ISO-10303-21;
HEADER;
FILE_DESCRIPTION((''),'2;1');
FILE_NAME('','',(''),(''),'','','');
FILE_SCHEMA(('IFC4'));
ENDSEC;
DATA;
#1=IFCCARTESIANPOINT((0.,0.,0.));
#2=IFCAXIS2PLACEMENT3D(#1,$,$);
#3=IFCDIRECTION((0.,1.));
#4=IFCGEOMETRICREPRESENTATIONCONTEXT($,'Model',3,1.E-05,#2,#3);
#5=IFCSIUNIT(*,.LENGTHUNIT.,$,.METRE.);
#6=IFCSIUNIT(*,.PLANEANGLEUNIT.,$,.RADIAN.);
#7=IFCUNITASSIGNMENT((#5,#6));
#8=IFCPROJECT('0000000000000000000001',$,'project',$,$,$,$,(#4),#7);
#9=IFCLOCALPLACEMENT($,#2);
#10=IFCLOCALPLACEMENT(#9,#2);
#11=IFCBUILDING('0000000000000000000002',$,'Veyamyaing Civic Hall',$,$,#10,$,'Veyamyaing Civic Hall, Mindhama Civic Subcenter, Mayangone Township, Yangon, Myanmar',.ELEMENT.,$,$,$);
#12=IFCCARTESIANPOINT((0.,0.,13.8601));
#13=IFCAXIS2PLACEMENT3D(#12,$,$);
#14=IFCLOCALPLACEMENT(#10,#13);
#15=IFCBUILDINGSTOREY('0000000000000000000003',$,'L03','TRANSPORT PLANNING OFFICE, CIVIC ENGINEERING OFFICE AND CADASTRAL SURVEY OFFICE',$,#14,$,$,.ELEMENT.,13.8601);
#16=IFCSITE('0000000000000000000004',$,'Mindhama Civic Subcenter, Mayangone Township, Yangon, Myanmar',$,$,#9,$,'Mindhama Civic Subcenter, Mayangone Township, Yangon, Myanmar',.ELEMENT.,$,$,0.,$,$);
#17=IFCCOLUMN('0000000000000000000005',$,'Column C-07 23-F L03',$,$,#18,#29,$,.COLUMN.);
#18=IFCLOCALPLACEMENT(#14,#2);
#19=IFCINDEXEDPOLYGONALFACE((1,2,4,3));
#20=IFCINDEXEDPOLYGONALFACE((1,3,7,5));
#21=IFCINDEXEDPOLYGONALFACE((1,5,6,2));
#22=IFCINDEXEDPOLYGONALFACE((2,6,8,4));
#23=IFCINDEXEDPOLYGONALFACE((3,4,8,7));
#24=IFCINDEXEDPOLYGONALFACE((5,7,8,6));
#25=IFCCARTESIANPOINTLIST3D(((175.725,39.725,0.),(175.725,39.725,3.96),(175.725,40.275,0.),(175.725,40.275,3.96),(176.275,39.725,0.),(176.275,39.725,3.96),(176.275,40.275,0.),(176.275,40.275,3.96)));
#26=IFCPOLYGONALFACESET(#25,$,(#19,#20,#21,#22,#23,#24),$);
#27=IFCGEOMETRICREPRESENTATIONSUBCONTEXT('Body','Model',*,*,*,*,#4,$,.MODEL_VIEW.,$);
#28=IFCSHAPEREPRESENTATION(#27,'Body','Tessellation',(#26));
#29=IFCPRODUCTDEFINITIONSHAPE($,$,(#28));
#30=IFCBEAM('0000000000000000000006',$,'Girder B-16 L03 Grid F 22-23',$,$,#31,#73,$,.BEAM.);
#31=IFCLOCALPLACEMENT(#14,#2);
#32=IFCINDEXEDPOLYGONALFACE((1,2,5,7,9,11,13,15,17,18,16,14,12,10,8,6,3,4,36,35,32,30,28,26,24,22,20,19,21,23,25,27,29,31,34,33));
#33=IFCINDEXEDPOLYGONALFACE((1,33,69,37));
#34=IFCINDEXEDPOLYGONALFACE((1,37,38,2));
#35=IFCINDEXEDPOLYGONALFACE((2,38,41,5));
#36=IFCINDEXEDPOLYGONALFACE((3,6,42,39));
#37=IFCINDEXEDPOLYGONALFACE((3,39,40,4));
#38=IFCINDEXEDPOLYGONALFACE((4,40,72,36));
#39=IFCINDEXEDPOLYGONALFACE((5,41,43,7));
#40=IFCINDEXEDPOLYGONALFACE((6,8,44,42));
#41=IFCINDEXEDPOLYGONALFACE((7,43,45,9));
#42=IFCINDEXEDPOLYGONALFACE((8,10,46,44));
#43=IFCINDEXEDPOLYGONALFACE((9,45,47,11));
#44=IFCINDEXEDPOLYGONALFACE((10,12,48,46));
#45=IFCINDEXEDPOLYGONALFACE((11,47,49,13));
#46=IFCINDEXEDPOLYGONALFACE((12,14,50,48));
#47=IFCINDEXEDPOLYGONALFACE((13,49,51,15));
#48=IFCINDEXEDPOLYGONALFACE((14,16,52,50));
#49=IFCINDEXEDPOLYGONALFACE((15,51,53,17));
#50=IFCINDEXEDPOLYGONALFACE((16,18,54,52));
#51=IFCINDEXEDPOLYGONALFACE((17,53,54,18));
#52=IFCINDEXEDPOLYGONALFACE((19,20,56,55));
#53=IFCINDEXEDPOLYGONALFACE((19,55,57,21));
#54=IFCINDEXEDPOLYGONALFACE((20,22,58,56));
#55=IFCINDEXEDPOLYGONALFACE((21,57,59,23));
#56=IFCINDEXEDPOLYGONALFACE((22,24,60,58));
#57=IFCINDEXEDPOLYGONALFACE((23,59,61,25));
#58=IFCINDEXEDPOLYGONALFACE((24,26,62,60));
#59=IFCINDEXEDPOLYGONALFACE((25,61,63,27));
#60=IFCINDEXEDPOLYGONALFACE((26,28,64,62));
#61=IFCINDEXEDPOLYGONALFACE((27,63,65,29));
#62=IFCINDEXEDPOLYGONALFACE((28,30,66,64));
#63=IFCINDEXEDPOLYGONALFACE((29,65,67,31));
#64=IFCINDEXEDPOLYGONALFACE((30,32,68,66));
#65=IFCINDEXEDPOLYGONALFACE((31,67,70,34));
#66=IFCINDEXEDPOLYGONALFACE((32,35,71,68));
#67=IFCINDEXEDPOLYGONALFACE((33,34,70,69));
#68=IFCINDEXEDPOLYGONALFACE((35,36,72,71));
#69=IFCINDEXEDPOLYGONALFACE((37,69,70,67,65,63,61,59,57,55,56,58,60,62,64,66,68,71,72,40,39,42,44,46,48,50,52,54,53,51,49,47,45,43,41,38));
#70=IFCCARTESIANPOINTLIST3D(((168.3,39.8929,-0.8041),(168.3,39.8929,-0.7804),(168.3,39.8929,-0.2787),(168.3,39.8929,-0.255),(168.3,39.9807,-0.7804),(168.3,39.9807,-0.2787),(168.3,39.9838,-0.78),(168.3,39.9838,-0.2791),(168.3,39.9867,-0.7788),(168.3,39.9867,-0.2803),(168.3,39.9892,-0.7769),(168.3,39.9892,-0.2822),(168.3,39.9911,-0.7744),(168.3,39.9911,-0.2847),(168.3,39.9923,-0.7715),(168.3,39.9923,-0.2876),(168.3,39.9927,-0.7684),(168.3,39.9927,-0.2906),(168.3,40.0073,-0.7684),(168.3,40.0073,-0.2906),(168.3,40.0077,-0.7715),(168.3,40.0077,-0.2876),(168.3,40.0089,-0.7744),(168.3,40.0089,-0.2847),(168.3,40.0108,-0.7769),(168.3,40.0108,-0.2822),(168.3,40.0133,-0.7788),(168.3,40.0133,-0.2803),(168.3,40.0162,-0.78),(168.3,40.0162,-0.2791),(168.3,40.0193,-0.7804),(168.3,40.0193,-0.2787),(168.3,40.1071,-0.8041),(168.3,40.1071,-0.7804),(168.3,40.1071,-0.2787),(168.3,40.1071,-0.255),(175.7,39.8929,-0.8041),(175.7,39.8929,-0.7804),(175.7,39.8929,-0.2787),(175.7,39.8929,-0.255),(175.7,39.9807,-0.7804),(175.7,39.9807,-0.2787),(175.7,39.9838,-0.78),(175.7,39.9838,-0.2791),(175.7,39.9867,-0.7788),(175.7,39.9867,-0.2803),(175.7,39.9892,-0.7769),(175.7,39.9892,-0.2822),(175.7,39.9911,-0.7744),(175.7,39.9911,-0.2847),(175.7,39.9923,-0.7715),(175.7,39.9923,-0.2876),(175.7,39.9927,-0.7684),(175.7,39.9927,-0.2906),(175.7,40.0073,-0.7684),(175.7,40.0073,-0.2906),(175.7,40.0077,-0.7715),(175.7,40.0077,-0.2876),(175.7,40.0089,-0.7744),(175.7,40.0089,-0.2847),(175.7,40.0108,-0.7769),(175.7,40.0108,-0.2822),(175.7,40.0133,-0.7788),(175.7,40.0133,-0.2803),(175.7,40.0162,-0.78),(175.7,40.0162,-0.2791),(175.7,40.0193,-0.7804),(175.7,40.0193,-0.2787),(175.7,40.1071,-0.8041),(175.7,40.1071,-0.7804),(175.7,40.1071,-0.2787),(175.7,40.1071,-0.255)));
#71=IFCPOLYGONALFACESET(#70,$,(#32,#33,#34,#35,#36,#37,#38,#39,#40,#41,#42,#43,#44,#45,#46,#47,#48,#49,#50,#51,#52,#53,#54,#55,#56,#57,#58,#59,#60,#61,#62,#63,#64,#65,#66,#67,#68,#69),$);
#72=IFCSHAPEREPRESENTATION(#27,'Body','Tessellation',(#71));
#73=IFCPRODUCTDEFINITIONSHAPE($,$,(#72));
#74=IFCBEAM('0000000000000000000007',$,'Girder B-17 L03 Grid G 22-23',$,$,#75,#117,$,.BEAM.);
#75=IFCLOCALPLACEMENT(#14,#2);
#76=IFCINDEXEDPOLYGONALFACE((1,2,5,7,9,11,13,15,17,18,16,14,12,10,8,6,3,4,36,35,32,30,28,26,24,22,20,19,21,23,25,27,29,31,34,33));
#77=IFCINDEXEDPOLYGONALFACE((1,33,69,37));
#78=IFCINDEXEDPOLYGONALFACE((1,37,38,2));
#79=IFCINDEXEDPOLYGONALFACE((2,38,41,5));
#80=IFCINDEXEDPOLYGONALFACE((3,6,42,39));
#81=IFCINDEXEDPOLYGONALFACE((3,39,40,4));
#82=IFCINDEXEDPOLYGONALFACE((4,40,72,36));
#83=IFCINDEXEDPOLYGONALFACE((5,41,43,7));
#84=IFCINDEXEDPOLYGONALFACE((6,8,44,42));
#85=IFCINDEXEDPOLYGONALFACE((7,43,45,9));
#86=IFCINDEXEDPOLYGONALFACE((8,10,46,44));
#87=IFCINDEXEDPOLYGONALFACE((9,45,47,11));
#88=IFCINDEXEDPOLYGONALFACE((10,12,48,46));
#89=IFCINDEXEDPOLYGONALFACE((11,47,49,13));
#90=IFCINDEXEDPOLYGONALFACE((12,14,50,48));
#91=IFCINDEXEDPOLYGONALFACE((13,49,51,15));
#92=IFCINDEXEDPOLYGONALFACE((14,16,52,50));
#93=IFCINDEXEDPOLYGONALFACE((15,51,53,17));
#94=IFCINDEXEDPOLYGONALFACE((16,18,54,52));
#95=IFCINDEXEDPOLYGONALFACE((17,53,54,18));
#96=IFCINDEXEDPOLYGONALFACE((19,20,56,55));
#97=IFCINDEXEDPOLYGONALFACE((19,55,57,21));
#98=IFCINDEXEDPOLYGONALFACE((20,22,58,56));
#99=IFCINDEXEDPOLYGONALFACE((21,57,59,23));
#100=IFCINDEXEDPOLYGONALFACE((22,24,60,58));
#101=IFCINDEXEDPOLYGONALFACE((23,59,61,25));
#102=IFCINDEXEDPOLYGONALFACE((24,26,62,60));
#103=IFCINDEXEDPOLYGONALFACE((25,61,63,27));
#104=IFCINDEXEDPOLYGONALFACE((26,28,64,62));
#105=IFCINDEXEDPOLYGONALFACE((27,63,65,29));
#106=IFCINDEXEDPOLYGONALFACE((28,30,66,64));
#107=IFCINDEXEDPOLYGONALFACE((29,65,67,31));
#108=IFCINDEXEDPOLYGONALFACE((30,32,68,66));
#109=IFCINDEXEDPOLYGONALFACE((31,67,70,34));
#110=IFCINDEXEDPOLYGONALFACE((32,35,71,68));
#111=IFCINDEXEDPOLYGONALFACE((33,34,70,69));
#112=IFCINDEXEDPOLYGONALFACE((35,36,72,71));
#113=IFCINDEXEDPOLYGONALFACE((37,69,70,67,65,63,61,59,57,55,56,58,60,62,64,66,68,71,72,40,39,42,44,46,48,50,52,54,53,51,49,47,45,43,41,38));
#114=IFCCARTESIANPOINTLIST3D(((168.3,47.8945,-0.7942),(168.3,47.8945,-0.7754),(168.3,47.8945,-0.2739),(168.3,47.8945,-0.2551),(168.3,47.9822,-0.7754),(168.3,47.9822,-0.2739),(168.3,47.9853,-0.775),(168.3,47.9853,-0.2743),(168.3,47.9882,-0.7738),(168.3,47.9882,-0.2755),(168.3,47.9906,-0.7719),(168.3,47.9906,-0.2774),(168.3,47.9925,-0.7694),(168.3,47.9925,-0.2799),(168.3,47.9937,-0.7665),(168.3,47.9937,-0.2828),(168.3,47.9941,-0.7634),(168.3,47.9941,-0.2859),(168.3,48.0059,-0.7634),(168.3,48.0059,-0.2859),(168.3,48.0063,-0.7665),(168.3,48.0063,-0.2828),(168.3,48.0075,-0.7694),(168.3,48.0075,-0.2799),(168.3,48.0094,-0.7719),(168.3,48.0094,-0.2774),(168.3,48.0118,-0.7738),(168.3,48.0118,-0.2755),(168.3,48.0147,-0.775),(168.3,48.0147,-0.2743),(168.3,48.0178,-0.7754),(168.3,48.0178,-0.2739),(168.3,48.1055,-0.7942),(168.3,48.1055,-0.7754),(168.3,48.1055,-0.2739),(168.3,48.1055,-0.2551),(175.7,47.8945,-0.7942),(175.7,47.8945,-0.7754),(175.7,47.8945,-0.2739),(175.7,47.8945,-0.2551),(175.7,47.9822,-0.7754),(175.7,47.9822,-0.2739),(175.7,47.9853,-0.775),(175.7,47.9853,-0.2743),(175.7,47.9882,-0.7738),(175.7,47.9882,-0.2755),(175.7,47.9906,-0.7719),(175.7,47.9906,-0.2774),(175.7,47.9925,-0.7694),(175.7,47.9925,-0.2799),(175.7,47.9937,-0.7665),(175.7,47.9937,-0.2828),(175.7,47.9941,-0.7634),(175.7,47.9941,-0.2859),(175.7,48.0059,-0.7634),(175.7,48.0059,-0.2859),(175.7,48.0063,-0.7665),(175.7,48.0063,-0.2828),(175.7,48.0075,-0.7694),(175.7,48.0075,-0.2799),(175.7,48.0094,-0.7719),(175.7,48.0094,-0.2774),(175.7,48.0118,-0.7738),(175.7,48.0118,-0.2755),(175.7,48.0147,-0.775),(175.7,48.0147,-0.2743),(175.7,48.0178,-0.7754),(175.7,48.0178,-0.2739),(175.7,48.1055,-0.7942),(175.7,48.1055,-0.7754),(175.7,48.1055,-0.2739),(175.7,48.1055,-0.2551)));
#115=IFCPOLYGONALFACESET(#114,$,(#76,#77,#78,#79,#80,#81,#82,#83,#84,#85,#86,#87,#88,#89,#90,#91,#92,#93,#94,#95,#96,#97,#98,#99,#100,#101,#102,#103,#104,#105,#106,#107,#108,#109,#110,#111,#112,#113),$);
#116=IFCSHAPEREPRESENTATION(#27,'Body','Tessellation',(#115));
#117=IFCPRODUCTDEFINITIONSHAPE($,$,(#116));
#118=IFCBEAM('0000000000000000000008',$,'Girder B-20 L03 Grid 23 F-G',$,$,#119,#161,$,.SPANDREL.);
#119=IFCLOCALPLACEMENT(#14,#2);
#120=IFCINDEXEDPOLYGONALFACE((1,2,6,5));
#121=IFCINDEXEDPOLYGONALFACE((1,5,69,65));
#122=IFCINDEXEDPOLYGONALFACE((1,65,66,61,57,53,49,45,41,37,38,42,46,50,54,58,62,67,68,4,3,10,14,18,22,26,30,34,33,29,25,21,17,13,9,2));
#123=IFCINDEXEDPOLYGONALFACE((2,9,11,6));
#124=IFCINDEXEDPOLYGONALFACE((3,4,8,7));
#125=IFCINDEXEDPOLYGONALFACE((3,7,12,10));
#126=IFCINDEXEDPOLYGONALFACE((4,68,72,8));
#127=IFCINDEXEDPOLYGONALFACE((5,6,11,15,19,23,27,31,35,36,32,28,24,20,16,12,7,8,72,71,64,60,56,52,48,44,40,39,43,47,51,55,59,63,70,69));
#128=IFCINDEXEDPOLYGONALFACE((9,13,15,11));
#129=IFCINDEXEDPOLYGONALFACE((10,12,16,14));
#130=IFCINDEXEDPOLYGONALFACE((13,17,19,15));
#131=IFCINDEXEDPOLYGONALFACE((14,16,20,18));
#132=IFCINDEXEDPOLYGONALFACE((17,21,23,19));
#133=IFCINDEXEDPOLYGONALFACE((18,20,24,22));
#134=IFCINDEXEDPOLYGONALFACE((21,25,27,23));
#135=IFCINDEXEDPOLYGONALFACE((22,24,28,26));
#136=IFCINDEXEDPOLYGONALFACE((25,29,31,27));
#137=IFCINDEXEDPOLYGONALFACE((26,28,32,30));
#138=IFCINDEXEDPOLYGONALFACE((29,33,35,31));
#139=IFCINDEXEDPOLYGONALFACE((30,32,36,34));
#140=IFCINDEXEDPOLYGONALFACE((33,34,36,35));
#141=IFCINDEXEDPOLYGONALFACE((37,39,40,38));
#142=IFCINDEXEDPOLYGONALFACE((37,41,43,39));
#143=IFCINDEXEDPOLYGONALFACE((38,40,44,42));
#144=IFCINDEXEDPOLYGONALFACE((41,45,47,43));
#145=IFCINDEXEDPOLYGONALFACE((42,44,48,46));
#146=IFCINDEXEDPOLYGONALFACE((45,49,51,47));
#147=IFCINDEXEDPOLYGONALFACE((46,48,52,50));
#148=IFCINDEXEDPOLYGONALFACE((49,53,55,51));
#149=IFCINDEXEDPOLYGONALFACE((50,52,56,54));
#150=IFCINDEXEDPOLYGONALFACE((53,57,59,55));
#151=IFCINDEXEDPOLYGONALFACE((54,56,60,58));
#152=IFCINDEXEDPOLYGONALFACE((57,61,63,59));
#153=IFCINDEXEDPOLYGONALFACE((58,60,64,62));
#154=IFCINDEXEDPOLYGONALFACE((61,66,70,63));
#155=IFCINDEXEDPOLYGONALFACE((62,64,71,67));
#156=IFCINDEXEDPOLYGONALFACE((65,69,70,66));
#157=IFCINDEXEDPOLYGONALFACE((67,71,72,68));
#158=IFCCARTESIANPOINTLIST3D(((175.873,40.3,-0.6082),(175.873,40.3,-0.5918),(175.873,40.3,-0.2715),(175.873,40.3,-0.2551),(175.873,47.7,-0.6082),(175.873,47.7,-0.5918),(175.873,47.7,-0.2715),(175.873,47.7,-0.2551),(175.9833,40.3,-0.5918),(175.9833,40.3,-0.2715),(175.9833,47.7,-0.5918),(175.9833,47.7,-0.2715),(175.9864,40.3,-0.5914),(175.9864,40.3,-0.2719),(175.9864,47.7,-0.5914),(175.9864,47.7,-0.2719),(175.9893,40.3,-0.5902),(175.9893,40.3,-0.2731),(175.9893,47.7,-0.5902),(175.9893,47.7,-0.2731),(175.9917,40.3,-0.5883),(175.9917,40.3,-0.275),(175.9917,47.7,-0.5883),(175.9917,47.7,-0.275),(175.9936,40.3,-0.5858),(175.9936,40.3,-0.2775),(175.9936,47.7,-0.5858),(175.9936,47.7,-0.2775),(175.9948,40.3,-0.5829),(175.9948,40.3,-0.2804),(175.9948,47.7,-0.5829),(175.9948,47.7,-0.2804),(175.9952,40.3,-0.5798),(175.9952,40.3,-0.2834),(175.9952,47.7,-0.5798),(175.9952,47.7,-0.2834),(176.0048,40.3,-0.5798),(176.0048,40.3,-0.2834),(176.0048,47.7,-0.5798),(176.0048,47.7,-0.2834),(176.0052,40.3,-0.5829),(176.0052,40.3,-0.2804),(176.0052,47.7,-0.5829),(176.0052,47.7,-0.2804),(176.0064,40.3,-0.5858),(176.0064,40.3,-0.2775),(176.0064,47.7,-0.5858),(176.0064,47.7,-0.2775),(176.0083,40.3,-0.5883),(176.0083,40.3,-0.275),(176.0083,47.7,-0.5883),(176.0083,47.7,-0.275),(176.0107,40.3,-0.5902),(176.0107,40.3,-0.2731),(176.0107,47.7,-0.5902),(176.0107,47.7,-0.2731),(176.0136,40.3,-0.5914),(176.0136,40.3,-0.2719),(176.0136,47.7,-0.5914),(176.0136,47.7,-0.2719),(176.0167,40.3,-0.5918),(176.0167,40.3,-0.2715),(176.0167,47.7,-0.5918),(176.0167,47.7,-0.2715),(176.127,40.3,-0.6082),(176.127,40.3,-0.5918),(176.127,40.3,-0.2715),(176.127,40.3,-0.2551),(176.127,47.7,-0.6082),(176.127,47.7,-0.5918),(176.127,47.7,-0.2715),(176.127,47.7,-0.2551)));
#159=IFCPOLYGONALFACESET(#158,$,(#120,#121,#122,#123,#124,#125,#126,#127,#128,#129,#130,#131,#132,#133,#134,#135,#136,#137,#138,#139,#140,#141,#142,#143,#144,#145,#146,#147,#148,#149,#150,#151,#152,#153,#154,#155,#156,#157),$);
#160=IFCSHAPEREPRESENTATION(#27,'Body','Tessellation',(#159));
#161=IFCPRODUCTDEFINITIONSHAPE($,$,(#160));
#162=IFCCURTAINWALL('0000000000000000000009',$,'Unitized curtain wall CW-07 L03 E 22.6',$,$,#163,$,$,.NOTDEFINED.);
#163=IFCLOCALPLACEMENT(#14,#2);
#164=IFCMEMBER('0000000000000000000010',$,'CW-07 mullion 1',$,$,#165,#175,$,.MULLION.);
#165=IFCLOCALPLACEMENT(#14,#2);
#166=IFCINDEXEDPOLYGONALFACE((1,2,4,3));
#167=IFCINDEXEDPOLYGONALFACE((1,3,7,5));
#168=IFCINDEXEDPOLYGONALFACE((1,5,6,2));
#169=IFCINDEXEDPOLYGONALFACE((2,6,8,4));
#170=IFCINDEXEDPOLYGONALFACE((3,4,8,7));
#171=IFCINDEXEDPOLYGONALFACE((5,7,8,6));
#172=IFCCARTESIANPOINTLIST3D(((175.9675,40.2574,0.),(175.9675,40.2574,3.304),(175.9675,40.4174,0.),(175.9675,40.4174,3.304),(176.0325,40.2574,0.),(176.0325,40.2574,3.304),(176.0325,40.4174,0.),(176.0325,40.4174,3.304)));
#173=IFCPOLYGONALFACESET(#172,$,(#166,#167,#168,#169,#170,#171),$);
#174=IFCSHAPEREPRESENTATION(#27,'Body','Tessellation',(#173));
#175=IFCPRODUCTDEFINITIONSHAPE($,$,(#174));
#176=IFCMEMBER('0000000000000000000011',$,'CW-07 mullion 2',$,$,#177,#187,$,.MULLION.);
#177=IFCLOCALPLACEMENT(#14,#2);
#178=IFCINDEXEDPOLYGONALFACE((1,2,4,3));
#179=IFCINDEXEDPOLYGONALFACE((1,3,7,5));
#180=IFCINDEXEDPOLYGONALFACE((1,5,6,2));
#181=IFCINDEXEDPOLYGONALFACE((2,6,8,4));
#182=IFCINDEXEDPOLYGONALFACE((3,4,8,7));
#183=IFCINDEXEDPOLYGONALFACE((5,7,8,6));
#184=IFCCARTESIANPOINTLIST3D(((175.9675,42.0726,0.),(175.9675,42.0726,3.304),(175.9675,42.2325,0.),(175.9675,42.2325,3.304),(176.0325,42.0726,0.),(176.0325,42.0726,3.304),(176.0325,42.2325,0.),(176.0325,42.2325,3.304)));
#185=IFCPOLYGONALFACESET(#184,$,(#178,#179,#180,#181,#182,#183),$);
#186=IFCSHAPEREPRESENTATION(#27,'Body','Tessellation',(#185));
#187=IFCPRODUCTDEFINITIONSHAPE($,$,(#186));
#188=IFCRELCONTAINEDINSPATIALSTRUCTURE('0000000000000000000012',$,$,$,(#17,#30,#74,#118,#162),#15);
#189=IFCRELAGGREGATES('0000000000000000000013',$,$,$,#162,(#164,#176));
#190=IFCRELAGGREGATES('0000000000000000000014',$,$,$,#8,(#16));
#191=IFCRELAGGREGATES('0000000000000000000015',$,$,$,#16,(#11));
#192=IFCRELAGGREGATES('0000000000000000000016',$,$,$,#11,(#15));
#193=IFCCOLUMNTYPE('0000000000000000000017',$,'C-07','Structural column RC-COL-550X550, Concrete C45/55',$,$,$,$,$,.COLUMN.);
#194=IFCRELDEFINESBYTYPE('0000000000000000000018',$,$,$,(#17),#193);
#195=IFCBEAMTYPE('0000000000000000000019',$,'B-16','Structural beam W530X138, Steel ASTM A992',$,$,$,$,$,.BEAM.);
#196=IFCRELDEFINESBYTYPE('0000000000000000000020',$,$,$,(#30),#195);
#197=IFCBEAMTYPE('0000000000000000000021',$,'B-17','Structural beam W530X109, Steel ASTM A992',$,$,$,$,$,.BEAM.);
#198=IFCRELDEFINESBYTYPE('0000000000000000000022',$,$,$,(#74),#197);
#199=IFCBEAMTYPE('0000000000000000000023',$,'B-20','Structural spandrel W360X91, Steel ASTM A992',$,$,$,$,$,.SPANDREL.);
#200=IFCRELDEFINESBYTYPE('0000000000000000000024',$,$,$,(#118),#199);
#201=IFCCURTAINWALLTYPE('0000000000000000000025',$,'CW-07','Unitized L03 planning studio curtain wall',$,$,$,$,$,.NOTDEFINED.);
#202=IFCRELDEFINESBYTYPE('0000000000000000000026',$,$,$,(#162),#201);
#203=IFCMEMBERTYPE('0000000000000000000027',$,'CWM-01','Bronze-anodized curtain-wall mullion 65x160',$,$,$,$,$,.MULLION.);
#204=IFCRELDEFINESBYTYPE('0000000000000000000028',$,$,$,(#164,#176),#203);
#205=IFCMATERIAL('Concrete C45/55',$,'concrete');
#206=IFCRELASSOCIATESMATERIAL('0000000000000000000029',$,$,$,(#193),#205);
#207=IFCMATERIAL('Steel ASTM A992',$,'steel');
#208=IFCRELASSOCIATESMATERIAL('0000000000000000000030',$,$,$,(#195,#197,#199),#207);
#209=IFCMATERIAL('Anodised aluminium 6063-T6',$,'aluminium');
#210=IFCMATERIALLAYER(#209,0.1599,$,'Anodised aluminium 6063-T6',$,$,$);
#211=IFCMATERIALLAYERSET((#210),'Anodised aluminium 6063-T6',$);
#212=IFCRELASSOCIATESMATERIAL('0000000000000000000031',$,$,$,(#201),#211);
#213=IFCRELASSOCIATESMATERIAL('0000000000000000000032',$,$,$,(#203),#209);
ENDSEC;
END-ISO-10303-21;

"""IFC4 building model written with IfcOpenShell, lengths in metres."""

from ifc_helpers import new_model, si_unit, direction, frame, origin, origin_2d, place, context, subcontext, project, spatial, rectangle, i_section, extrude, material, layer, layer_set, material_profile, profile_set, type_object, element, aggregate, save


model = new_model("IFC4")

# Units and contexts
model_context = context("Model", 3, precision=1e-05, world=origin(), true_north=direction((0.0, 1.0)))
body_context = subcontext(model_context, "Body", "Model", "MODEL_VIEW")
ifc_project = project(units=[si_unit("LENGTHUNIT", "METRE"), si_unit("PLANEANGLEUNIT", "RADIAN")], contexts=[model_context])

# Site, building, storey
site_placement = place(None, origin())
site = spatial("IfcSite", under=ifc_project, at=site_placement, Name="Mindhama Civic Subcenter, Mayangone Township, Yangon, Myanmar", LongName="Mindhama Civic Subcenter, Mayangone Township, Yangon, Myanmar", CompositionType="ELEMENT", RefElevation=0.0)
building_placement = place(site_placement, origin())
building = spatial("IfcBuilding", under=site, at=building_placement, Name="Veyamyaing Civic Hall", LongName="Veyamyaing Civic Hall, Mindhama Civic Subcenter, Mayangone Township, Yangon, Myanmar", CompositionType="ELEMENT")
storey_placement = place(building_placement, frame((0.0, 0.0, 13.8601)))
storey = spatial("IfcBuildingStorey", under=building, at=storey_placement, Name="L03", Description="TRANSPORT PLANNING OFFICE, CIVIC ENGINEERING OFFICE AND CADASTRAL SURVEY OFFICE", CompositionType="ELEMENT", Elevation=13.8601)

# Column
ifc_material_1 = material(Name="Concrete C45/55", Category="concrete")
ifc_material_profile_1 = material_profile(ifc_material_1, rectangle(XDim=0.55, YDim=0.55, at=origin_2d()), Name="RC-COL-550X550")
ifc_profile_set_1 = profile_set([ifc_material_profile_1], Name="Concrete C45/55")
column_type = type_object("IfcColumnType", Name="C-07", Description="Structural column RC-COL-550X550, Concrete C45/55", PredefinedType="COLUMN", material=ifc_profile_set_1)
column_placement = place(storey_placement, frame((176.0, 40.0, 0.0), z_axis=(0.0, 0.0, 1.0), x_axis=(1.0, 0.0, 0.0)))
element("IfcColumn", 1, at=column_placement, inside=storey, type_object=column_type, Name="Column C-07 23-F L03", PredefinedType="COLUMN", context=body_context, shape_type="SweptSolid", body=[
    extrude(rectangle(XDim=0.55, YDim=0.55, at=origin_2d()), origin(), (0.0, 0.0, 1.0), 3.96),
])

# Beams
ifc_material_2 = material(Name="Steel ASTM A992", Category="steel")
ifc_material_profile_2 = material_profile(ifc_material_2, i_section(OverallWidth=0.2141, OverallDepth=0.5491, WebThickness=0.0146, FlangeThickness=0.0237, FilletRadius=0.012, at=origin_2d()), Name="W530X138")
ifc_profile_set_2 = profile_set([ifc_material_profile_2], Name="Steel ASTM A992")
beam_type_1 = type_object("IfcBeamType", Name="B-16", Description="Structural beam W530X138, Steel ASTM A992", PredefinedType="BEAM", material=ifc_profile_set_2)
beam_1_placement = place(storey_placement, frame((168.3, 40.0, -0.5295), z_axis=(1.0, 0.0, 0.0), x_axis=(0.0, 1.0, 0.0)))
element("IfcBeam", 2, at=beam_1_placement, inside=storey, type_object=beam_type_1, Name="Girder B-16 L03 Grid F 22-23", PredefinedType="BEAM", context=body_context, shape_type="SweptSolid", body=[
    extrude(i_section(OverallWidth=0.2141, OverallDepth=0.5491, WebThickness=0.0146, FlangeThickness=0.0237, FilletRadius=0.012, at=origin_2d()), origin(), (0.0, 0.0, 1.0), 7.3999),
])
ifc_material_profile_3 = material_profile(ifc_material_2, i_section(OverallWidth=0.2109, OverallDepth=0.5391, WebThickness=0.0117, FlangeThickness=0.0188, FilletRadius=0.012, at=origin_2d()), Name="W530X109")
ifc_profile_set_3 = profile_set([ifc_material_profile_3], Name="Steel ASTM A992")
beam_type_2 = type_object("IfcBeamType", Name="B-17", Description="Structural beam W530X109, Steel ASTM A992", PredefinedType="BEAM", material=ifc_profile_set_3)
beam_2_placement = place(storey_placement, frame((168.3, 48.0, -0.5247), z_axis=(1.0, 0.0, 0.0), x_axis=(0.0, 1.0, 0.0)))
element("IfcBeam", 3, at=beam_2_placement, inside=storey, type_object=beam_type_2, Name="Girder B-17 L03 Grid G 22-23", PredefinedType="BEAM", context=body_context, shape_type="SweptSolid", body=[
    extrude(i_section(OverallWidth=0.2109, OverallDepth=0.5391, WebThickness=0.0117, FlangeThickness=0.0188, FilletRadius=0.012, at=origin_2d()), origin(), (0.0, 0.0, 1.0), 7.3999),
])
ifc_material_profile_4 = material_profile(ifc_material_2, i_section(OverallWidth=0.2539, OverallDepth=0.353, WebThickness=0.0095, FlangeThickness=0.0164, FilletRadius=0.012, at=origin_2d()), Name="W360X91")
ifc_profile_set_4 = profile_set([ifc_material_profile_4], Name="Steel ASTM A992")
beam_type_3 = type_object("IfcBeamType", Name="B-20", Description="Structural spandrel W360X91, Steel ASTM A992", PredefinedType="SPANDREL", material=ifc_profile_set_4)
beam_3_placement = place(storey_placement, frame((176.0, 40.3, -0.4316), z_axis=(0.0, 1.0, 0.0), x_axis=(-1.0, 0.0, 0.0)))
element("IfcBeam", 4, at=beam_3_placement, inside=storey, type_object=beam_type_3, Name="Girder B-20 L03 Grid 23 F-G", PredefinedType="SPANDREL", context=body_context, shape_type="SweptSolid", body=[
    extrude(i_section(OverallWidth=0.2539, OverallDepth=0.353, WebThickness=0.0095, FlangeThickness=0.0164, FilletRadius=0.012, at=origin_2d()), origin(), (0.0, 0.0, 1.0), 7.3999),
])

# Curtain wall, members
ifc_material_3 = material(Name="Anodised aluminium 6063-T6", Category="aluminium")
ifc_layer_1 = layer(ifc_material_3, 0.1599, Name="Anodised aluminium 6063-T6")
ifc_layer_set_1 = layer_set([ifc_layer_1], Name="Anodised aluminium 6063-T6")
curtain_wall_type = type_object("IfcCurtainWallType", Name="CW-07", Description="Unitized L03 planning studio curtain wall", PredefinedType="NOTDEFINED", material=ifc_layer_set_1)
curtain_wall_placement = place(storey_placement, origin())
curtain_wall = element("IfcCurtainWall", 5, at=curtain_wall_placement, inside=storey, type_object=curtain_wall_type, Name="Unitized curtain wall CW-07 L03 E 22.6", PredefinedType="NOTDEFINED")
ifc_material_profile_5 = material_profile(ifc_material_3, rectangle(XDim=0.0649, YDim=0.1599, at=origin_2d()), Name="ALU-MUL-65X160")
ifc_profile_set_5 = profile_set([ifc_material_profile_5], Name="Anodised aluminium 6063-T6")
member_type_1 = type_object("IfcMemberType", Name="CWM-01", Description="Bronze-anodized curtain-wall mullion 65x160", PredefinedType="MULLION", material=ifc_profile_set_5)
member_1_placement = place(storey_placement, frame((176.0, 40.3374, 0.0), z_axis=(0.0, 0.0, 1.0), x_axis=(-1.0, 0.0, 0.0)))
member_1 = element("IfcMember", 6, at=member_1_placement, type_object=member_type_1, Name="CW-07 mullion 1", PredefinedType="MULLION", context=body_context, shape_type="SweptSolid", body=[
    extrude(rectangle(XDim=0.0649, YDim=0.1599, at=origin_2d()), origin(), (0.0, 0.0, 1.0), 3.304),
])
member_2_placement = place(storey_placement, frame((176.0, 42.1526, 0.0), z_axis=(0.0, 0.0, 1.0), x_axis=(-1.0, 0.0, 0.0)))
member_2 = element("IfcMember", 7, at=member_2_placement, type_object=member_type_1, Name="CW-07 mullion 2", PredefinedType="MULLION", context=body_context, shape_type="SweptSolid", body=[
    extrude(rectangle(XDim=0.0649, YDim=0.1599, at=origin_2d()), origin(), (0.0, 0.0, 1.0), 3.304),
])

aggregate(curtain_wall, [member_1, member_2])

save(model, "model.ifc")
